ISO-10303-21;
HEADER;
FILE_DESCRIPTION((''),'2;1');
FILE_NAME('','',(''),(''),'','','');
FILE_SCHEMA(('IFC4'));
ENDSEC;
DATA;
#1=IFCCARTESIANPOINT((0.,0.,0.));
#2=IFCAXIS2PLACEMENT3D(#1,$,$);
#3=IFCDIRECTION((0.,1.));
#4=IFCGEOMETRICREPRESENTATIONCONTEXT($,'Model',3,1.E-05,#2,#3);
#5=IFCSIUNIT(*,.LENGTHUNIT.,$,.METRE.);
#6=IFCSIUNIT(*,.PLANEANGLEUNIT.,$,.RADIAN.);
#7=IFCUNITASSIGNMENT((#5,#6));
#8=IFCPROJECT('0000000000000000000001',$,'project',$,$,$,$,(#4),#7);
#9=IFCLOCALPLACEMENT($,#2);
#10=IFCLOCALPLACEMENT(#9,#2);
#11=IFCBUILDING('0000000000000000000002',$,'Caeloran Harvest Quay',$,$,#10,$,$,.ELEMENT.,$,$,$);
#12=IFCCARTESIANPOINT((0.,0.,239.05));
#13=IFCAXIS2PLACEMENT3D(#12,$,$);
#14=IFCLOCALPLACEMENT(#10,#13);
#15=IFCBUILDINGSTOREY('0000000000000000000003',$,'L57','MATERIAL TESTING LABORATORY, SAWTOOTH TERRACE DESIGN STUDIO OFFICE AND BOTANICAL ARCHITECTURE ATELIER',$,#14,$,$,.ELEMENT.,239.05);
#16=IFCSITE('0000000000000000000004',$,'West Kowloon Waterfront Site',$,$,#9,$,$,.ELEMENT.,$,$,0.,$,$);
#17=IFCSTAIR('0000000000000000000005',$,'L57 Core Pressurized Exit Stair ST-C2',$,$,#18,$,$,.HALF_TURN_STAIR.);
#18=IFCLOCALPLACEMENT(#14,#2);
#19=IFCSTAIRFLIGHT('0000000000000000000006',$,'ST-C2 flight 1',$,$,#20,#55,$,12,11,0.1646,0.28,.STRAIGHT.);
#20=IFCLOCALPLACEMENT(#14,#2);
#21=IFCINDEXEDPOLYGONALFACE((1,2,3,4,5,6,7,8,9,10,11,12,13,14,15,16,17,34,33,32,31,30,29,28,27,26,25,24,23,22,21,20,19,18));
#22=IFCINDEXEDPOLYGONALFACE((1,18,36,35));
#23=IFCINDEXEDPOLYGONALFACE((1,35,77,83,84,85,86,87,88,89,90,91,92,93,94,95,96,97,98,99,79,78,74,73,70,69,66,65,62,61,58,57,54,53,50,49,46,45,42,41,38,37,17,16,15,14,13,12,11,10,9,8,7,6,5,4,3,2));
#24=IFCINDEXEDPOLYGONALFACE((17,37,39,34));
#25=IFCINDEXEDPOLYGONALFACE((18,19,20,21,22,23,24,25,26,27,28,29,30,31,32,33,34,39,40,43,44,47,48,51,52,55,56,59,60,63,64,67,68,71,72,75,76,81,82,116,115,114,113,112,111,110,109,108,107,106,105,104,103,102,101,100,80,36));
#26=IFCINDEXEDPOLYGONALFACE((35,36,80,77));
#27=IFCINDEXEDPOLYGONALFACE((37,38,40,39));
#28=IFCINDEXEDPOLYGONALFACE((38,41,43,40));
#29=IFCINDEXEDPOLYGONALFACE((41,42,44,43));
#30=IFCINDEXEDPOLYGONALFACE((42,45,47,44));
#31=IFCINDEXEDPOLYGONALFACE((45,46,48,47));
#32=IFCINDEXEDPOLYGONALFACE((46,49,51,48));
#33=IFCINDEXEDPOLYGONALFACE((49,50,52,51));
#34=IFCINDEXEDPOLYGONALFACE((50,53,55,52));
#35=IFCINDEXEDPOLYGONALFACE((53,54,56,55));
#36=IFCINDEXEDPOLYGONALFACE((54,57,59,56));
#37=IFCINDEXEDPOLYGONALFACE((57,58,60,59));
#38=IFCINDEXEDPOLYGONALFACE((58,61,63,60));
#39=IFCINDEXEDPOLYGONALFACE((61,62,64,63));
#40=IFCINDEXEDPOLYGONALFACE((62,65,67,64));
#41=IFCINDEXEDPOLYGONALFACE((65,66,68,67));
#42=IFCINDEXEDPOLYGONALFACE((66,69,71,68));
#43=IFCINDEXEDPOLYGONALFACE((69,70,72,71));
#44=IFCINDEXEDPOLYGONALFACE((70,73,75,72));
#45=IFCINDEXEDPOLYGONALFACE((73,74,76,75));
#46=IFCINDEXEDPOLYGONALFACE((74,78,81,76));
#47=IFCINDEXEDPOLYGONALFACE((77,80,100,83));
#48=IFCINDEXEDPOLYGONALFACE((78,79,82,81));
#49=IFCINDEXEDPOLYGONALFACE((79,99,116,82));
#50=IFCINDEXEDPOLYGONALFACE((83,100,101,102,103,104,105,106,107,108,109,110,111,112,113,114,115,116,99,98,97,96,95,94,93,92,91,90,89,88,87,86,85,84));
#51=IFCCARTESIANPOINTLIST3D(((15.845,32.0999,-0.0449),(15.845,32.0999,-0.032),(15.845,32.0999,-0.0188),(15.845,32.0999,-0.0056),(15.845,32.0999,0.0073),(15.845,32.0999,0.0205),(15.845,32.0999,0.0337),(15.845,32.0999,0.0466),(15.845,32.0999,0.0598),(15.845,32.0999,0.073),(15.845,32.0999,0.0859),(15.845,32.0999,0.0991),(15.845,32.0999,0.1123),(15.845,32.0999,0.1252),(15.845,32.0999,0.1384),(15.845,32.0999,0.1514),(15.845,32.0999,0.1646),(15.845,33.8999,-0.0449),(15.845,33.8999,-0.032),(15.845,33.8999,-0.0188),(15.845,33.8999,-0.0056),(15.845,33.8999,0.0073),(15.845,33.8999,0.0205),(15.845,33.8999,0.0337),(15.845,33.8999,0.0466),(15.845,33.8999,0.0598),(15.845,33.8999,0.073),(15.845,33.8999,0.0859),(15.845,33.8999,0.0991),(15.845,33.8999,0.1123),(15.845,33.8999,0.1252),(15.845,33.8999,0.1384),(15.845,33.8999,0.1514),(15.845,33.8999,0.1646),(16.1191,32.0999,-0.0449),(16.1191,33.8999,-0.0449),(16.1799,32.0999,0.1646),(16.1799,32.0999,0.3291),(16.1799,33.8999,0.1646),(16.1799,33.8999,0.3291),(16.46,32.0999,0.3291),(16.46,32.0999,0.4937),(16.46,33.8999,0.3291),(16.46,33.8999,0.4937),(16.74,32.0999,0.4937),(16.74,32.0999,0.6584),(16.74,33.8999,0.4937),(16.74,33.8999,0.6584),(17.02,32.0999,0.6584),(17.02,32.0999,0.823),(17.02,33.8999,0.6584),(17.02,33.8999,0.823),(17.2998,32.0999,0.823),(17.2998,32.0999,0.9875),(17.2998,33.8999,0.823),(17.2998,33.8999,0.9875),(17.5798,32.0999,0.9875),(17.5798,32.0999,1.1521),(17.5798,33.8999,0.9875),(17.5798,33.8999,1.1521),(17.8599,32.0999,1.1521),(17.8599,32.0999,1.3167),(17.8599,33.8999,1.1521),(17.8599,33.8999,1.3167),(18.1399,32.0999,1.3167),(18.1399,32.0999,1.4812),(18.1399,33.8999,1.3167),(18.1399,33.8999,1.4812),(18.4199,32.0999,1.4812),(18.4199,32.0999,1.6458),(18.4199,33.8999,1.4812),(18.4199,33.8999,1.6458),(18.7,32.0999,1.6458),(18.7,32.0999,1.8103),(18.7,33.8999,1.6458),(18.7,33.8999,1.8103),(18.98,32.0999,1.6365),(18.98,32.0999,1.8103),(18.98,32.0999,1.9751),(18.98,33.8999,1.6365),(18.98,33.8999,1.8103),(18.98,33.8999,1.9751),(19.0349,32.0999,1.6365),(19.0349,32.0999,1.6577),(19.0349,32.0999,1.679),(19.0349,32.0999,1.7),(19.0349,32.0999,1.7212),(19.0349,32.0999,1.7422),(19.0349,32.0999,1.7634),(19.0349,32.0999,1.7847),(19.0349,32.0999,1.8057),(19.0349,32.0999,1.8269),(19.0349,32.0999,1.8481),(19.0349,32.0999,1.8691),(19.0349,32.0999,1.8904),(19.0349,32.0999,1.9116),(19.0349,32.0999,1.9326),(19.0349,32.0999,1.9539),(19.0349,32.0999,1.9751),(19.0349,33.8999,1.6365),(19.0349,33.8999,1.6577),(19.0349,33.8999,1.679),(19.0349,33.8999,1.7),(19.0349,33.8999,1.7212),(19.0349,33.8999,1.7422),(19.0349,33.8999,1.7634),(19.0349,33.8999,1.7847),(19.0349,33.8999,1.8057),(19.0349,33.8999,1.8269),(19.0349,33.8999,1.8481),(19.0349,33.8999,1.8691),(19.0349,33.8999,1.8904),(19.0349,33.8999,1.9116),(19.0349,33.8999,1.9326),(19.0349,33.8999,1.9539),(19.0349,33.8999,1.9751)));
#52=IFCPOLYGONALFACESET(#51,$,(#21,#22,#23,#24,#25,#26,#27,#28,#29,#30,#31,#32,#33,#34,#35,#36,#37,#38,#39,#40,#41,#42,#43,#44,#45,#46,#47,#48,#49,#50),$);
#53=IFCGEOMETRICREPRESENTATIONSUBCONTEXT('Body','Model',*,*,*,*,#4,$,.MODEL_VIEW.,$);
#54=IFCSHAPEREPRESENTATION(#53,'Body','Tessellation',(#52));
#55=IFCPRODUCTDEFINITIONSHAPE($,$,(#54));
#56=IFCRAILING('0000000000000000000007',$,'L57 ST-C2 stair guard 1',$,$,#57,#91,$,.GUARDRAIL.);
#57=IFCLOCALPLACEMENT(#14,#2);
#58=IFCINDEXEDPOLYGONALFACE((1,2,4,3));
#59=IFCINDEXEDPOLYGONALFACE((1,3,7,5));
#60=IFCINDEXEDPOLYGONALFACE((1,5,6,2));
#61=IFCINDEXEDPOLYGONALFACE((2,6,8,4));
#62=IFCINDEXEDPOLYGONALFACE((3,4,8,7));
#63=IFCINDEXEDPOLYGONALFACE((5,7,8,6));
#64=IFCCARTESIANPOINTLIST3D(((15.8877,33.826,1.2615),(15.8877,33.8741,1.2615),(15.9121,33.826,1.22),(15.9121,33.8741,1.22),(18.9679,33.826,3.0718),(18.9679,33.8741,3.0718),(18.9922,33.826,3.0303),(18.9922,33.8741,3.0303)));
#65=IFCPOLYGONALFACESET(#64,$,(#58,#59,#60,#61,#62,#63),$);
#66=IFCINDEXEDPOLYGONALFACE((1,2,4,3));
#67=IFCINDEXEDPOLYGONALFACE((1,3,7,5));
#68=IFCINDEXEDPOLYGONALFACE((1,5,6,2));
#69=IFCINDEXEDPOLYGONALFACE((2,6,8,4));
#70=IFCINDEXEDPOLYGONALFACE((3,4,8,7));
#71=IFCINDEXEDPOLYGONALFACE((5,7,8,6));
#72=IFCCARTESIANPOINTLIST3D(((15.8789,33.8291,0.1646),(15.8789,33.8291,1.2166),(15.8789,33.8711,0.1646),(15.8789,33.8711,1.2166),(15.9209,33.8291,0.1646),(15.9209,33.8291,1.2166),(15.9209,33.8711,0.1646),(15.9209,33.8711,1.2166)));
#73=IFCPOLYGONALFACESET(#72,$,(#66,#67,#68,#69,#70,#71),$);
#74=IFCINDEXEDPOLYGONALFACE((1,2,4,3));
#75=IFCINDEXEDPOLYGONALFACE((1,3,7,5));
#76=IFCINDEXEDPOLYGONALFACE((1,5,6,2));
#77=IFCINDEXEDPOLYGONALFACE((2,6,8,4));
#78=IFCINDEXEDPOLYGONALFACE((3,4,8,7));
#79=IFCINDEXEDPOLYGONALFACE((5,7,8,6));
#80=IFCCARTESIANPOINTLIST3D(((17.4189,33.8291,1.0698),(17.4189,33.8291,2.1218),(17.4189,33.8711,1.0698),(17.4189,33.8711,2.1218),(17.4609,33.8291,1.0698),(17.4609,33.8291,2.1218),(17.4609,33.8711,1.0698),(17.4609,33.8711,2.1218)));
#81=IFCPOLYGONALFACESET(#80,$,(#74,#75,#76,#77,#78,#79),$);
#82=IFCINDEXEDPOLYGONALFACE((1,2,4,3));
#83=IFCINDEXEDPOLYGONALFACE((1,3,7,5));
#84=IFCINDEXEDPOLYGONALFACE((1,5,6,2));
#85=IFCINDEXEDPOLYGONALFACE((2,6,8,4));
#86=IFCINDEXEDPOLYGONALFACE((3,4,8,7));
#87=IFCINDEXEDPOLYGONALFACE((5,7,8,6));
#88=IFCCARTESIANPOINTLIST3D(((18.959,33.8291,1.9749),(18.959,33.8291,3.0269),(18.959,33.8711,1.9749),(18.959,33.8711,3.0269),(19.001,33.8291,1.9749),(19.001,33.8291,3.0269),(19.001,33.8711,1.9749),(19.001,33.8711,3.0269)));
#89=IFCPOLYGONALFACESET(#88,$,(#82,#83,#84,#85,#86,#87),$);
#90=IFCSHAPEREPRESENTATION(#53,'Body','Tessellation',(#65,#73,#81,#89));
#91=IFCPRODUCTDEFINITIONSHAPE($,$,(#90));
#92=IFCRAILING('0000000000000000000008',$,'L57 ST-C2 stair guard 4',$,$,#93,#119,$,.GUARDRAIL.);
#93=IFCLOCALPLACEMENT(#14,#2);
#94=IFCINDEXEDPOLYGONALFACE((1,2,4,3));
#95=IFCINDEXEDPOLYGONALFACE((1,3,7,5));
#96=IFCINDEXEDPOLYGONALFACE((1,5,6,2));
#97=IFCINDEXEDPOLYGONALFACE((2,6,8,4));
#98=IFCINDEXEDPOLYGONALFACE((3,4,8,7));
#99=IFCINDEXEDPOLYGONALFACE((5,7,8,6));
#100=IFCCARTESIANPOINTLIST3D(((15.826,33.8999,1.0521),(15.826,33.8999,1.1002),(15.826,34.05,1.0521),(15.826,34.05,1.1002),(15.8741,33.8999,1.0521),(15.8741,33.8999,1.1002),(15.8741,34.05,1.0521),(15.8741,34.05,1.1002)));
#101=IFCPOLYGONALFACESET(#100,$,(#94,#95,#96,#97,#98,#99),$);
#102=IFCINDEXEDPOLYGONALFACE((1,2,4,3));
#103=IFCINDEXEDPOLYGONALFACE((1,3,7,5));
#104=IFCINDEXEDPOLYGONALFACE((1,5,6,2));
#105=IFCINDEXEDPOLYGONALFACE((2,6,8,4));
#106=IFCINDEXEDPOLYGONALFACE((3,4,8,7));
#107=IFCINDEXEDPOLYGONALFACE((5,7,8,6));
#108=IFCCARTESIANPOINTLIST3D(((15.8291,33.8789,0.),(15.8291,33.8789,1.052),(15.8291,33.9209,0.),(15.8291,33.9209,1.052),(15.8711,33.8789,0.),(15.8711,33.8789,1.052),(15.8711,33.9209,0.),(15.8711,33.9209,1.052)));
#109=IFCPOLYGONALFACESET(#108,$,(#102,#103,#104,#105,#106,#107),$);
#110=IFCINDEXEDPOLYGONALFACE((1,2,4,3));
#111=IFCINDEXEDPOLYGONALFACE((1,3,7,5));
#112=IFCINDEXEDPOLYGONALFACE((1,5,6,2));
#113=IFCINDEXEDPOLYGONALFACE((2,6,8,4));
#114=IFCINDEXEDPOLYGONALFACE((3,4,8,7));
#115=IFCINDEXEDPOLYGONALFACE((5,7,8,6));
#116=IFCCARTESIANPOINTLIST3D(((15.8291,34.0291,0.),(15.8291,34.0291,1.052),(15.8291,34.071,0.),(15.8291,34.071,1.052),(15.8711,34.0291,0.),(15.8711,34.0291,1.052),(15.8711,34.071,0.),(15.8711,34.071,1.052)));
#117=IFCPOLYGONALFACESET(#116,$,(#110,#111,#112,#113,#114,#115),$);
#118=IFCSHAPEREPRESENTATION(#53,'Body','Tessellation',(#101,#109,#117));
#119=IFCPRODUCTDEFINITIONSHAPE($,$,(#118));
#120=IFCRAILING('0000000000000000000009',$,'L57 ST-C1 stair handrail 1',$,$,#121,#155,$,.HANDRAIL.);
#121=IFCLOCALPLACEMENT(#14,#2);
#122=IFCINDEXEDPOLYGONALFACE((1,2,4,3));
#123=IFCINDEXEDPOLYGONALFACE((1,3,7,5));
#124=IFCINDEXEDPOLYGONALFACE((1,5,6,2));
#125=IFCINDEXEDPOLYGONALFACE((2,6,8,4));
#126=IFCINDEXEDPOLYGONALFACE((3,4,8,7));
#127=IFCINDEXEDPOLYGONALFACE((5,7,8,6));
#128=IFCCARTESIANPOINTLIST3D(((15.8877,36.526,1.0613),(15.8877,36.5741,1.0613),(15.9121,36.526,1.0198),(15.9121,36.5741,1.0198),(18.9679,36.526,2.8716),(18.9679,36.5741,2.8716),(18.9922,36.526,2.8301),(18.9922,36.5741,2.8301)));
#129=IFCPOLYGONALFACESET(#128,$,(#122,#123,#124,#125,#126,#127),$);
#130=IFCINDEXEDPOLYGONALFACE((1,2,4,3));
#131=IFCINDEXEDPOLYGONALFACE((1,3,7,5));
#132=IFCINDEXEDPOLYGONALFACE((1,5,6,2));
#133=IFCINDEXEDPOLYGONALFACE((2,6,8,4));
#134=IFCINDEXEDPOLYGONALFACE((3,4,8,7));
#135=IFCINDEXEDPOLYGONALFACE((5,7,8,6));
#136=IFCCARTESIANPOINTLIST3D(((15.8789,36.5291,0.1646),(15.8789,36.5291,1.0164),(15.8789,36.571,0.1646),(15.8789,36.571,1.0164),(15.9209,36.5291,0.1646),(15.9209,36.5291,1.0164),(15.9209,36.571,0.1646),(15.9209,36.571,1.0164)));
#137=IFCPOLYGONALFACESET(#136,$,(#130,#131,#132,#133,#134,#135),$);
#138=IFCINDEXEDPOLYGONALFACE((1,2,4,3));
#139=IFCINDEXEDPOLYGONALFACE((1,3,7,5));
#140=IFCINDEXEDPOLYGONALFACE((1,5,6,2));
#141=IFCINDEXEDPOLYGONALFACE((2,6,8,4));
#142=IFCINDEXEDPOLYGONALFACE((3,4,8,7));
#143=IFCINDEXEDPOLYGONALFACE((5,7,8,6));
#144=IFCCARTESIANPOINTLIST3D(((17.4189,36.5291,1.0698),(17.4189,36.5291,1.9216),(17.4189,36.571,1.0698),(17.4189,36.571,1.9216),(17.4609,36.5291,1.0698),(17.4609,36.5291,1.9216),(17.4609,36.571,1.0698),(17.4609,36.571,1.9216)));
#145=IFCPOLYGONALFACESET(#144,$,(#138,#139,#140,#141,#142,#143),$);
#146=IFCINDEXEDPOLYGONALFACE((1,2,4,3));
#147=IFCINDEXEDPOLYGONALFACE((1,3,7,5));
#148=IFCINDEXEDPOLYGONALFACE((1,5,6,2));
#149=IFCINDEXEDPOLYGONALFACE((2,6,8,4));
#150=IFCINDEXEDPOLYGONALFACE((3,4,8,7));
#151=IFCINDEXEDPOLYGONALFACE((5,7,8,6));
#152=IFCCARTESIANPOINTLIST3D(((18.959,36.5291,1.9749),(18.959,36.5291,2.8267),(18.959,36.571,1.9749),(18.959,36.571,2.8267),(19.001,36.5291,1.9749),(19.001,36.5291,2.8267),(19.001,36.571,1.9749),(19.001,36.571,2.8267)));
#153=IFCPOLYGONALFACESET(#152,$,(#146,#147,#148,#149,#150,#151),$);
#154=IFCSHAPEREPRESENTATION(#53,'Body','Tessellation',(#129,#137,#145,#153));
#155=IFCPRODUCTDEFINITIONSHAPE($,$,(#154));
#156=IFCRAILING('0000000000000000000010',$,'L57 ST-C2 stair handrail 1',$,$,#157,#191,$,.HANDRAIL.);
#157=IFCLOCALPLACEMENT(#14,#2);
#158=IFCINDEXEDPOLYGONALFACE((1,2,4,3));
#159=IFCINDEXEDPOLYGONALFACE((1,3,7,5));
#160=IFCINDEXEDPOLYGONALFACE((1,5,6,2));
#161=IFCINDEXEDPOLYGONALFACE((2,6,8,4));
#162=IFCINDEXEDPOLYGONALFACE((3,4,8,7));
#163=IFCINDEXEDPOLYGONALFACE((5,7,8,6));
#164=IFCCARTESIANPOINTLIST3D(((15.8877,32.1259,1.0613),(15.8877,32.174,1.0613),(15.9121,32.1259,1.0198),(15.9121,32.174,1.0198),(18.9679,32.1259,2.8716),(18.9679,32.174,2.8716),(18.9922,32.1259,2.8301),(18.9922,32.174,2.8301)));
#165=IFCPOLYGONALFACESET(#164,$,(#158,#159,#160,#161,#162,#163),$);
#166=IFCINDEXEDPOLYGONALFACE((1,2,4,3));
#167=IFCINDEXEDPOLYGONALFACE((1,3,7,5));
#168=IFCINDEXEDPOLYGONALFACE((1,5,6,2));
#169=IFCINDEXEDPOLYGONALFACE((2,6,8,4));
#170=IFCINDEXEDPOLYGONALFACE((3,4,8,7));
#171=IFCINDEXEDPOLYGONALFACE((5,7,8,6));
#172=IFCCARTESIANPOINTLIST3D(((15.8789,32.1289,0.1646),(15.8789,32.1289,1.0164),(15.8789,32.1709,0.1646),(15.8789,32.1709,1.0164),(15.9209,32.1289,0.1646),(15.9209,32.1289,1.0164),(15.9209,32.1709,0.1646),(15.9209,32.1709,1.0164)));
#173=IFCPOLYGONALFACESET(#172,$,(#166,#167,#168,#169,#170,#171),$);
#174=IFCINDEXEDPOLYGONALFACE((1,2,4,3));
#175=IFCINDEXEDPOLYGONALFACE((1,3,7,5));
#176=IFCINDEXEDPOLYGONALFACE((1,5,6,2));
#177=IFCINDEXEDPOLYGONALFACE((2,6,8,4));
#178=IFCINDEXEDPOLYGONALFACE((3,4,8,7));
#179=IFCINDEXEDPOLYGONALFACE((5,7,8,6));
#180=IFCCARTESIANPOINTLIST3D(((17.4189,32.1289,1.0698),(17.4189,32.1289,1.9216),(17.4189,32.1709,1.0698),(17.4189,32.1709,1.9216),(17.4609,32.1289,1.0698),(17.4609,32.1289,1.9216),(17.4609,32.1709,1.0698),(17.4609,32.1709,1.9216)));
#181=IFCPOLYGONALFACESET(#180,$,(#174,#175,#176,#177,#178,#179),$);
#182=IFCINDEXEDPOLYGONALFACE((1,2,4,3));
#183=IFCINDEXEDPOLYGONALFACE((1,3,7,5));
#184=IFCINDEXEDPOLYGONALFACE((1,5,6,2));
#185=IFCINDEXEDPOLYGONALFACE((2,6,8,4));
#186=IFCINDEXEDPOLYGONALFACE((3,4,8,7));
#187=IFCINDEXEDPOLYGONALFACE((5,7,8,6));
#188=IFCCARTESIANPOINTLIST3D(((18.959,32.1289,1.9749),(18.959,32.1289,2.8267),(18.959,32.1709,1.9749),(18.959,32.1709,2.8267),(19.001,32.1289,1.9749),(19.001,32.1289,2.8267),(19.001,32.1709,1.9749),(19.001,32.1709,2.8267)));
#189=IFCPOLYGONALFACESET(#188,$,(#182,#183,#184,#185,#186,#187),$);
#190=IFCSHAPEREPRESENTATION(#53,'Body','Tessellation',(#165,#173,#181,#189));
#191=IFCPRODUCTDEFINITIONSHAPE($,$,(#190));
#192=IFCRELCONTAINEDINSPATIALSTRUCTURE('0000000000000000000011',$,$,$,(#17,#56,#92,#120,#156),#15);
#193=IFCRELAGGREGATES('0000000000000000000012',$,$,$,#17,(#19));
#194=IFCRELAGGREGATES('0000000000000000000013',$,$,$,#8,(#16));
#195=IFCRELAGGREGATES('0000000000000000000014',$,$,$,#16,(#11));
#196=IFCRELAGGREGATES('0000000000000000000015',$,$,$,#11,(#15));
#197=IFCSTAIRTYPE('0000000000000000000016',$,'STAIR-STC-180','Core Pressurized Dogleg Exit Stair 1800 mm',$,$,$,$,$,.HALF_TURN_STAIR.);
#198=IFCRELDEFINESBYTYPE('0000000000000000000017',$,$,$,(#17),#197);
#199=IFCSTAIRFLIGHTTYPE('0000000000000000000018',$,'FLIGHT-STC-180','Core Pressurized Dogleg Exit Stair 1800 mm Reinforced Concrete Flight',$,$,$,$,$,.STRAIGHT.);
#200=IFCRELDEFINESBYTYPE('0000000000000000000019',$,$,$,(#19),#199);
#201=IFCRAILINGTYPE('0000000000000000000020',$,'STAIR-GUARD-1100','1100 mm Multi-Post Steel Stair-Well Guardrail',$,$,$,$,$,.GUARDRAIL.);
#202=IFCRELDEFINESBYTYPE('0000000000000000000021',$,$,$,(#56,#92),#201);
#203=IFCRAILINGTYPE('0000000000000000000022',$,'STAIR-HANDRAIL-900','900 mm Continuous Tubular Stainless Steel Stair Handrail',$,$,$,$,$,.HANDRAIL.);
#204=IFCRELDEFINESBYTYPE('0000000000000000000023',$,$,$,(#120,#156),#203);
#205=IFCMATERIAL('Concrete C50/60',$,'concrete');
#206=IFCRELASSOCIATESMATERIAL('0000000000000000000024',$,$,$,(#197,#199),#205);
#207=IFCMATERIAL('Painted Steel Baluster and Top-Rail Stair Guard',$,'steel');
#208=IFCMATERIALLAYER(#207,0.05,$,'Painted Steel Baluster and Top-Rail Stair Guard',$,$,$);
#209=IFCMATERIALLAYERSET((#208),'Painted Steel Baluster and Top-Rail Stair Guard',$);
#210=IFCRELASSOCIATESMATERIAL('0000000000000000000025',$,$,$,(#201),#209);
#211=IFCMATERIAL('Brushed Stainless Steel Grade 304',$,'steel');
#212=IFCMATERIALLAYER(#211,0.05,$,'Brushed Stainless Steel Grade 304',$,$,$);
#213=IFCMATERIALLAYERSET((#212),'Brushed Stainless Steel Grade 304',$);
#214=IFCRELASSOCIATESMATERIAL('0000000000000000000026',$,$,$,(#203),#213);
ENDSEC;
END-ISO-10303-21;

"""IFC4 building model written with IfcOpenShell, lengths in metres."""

from ifc_helpers import new_model, si_unit, direction, frame, origin, origin_2d, place, context, subcontext, project, spatial, polyline, rectangle, outline, extrude, material, layer, layer_set, type_object, element, aggregate, save


model = new_model("IFC4")

# Units and contexts
model_context = context("Model", 3, precision=1e-05, world=origin(), true_north=direction((0.0, 1.0)))
body_context = subcontext(model_context, "Body", "Model", "MODEL_VIEW")
ifc_project = project(units=[si_unit("LENGTHUNIT", "METRE"), si_unit("PLANEANGLEUNIT", "RADIAN")], contexts=[model_context])

# Site, building, storey
site_placement = place(None, origin())
site = spatial("IfcSite", under=ifc_project, at=site_placement, Name="West Kowloon Waterfront Site", CompositionType="ELEMENT", RefElevation=0.0)
building_placement = place(site_placement, origin())
building = spatial("IfcBuilding", under=site, at=building_placement, Name="Caeloran Harvest Quay", CompositionType="ELEMENT")
storey_placement = place(building_placement, frame((0.0, 0.0, 239.05)))
storey = spatial("IfcBuildingStorey", under=building, at=storey_placement, Name="L57", Description="MATERIAL TESTING LABORATORY, SAWTOOTH TERRACE DESIGN STUDIO OFFICE AND BOTANICAL ARCHITECTURE ATELIER", CompositionType="ELEMENT", Elevation=239.05)

# Stair, stair flight
ifc_material_1 = material(Name="Concrete C50/60", Category="concrete")
stair_type = type_object("IfcStairType", Name="STAIR-STC-180", Description="Core Pressurized Dogleg Exit Stair 1800 mm", PredefinedType="HALF_TURN_STAIR", material=ifc_material_1)
stair_flight_type = type_object("IfcStairFlightType", Name="FLIGHT-STC-180", Description="Core Pressurized Dogleg Exit Stair 1800 mm Reinforced Concrete Flight", PredefinedType="STRAIGHT", material=ifc_material_1)
stair_1_placement = place(storey_placement, origin())
stair_1 = element("IfcStair", 1, at=stair_1_placement, inside=storey, type_object=stair_type, Name="L57 Core Pressurized Exit Stair ST-C2", PredefinedType="HALF_TURN_STAIR")
stair_flight_1_placement = place(storey_placement, frame((15.8999, 33.0, 0.0), z_axis=(0.0, 0.0, 1.0), x_axis=(1.0, 0.0, 0.0)))
stair_flight_1 = element("IfcStairFlight", 2, at=stair_flight_1_placement, type_object=stair_flight_type, Name="ST-C2 flight 1", NumberOfRisers=12, NumberOfTreads=11, PredefinedType="STRAIGHT", RiserHeight=0.1646, TreadLength=0.28, context=body_context, shape_type="SweptSolid", body=[
    extrude(outline(polyline([(-0.0549, -0.0449), (-0.0549, -0.032), (-0.0549, -0.0188), (-0.0549, -0.0056), (-0.0549, 0.0073), (-0.0549, 0.0205), (-0.0549, 0.0337), (-0.0549, 0.0466), (-0.0549, 0.0598), (-0.0549, 0.073), (-0.0549, 0.0859), (-0.0549, 0.0991), (-0.0549, 0.1123), (-0.0549, 0.1252), (-0.0549, 0.1384), (-0.0549, 0.1514), (-0.0549, 0.1646), (0.28, 0.1646), (0.28, 0.3291), (0.5601, 0.3291), (0.5601, 0.4937), (0.8401, 0.4937), (0.8401, 0.6584), (1.1201, 0.6584), (1.1201, 0.823), (1.3999, 0.823), (1.3999, 0.9875), (1.6799, 0.9875), (1.6799, 1.1521), (1.96, 1.1521), (1.96, 1.3167), (2.24, 1.3167), (2.24, 1.4812), (2.52, 1.4812), (2.52, 1.6458), (2.8, 1.6458), (2.8, 1.8103), (3.0801, 1.8103), (3.0801, 1.9751), (3.135, 1.9751), (3.135, 1.9539), (3.135, 1.9326), (3.135, 1.9116), (3.135, 1.8904), (3.135, 1.8691), (3.135, 1.8481), (3.135, 1.8269), (3.135, 1.8057), (3.135, 1.7847), (3.135, 1.7634), (3.135, 1.7422), (3.135, 1.7212), (3.135, 1.7), (3.135, 1.679), (3.135, 1.6577), (3.135, 1.6365), (3.0801, 1.6365), (0.2192, -0.0449), (-0.0549, -0.0449)])), frame((0.0, 0.8999, 0.0), z_axis=(0.0, -1.0, 0.0), x_axis=(1.0, 0.0, 0.0)), (0.0, 0.0, 1.0), 1.8),
])
aggregate(stair_1, [stair_flight_1])

# Railings
ifc_material_2 = material(Name="Painted Steel Baluster and Top-Rail Stair Guard", Category="steel")
ifc_layer_1 = layer(ifc_material_2, 0.05, Name="Painted Steel Baluster and Top-Rail Stair Guard")
ifc_layer_set_1 = layer_set([ifc_layer_1], Name="Painted Steel Baluster and Top-Rail Stair Guard")
railing_type_1 = type_object("IfcRailingType", Name="STAIR-GUARD-1100", Description="1100 mm Multi-Post Steel Stair-Well Guardrail", PredefinedType="GUARDRAIL", material=ifc_layer_set_1)
railing_1_placement = place(storey_placement, frame((15.8999, 33.8501, 0.1646)))
element("IfcRailing", 3, at=railing_1_placement, inside=storey, type_object=railing_type_1, Name="L57 ST-C2 stair guard 1", PredefinedType="GUARDRAIL", context=body_context, shape_type="SweptSolid", body=[
    extrude(rectangle(XDim=0.0481, YDim=0.0481, at=origin_2d()), frame((0.0, 0.0, 1.0762), z_axis=(0.862119, 0.0, 0.506707), x_axis=(0.0, 1.0, 0.0)), (0.0, 0.0, 1.0), 3.5728),
    extrude(rectangle(XDim=0.042, YDim=0.042, at=origin_2d()), origin(), (0.0, 0.0, 1.0), 1.052),
    extrude(rectangle(XDim=0.042, YDim=0.042, at=origin_2d()), frame((1.54, 0.0, 0.9053)), (0.0, 0.0, 1.0), 1.052),
    extrude(rectangle(XDim=0.042, YDim=0.042, at=origin_2d()), frame((3.0801, 0.0, 1.8103)), (0.0, 0.0, 1.0), 1.052),
])
railing_2_placement = place(storey_placement, frame((15.8501, 33.8999, 0.0)))
element("IfcRailing", 4, at=railing_2_placement, inside=storey, type_object=railing_type_1, Name="L57 ST-C2 stair guard 4", PredefinedType="GUARDRAIL", context=body_context, shape_type="SweptSolid", body=[
    extrude(rectangle(XDim=0.0481, YDim=0.0481, at=origin_2d()), frame((0.0, 0.0, 1.0762), z_axis=(0.0, 1.0, 0.0), x_axis=(-1.0, 0.0, 0.0)), (0.0, 0.0, 1.0), 0.1501),
    extrude(rectangle(XDim=0.042, YDim=0.042, at=origin_2d()), origin(), (0.0, 0.0, 1.0), 1.052),
    extrude(rectangle(XDim=0.042, YDim=0.042, at=origin_2d()), frame((0.0, 0.1501, 0.0)), (0.0, 0.0, 1.0), 1.052),
])
ifc_material_3 = material(Name="Brushed Stainless Steel Grade 304", Category="steel")
ifc_layer_2 = layer(ifc_material_3, 0.05, Name="Brushed Stainless Steel Grade 304")
ifc_layer_set_2 = layer_set([ifc_layer_2], Name="Brushed Stainless Steel Grade 304")
railing_type_2 = type_object("IfcRailingType", Name="STAIR-HANDRAIL-900", Description="900 mm Continuous Tubular Stainless Steel Stair Handrail", PredefinedType="HANDRAIL", material=ifc_layer_set_2)
for number, where, name in (
    (5, (15.8999, 36.55, 0.1646), "L57 ST-C1 stair handrail 1"),
    (6, (15.8999, 32.1499, 0.1646), "L57 ST-C2 stair handrail 1"),
):
    element("IfcRailing", number, at=place(storey_placement, frame(where)), inside=storey, type_object=railing_type_2, Name=name, PredefinedType="HANDRAIL", context=body_context, shape_type="SweptSolid", body=[
        extrude(rectangle(XDim=0.0481, YDim=0.0481, at=origin_2d()), frame((0.0, 0.0, 0.876), z_axis=(0.862119, 0.0, 0.506707), x_axis=(0.0, 1.0, 0.0)), (0.0, 0.0, 1.0), 3.5728),
        extrude(rectangle(XDim=0.042, YDim=0.042, at=origin_2d()), origin(), (0.0, 0.0, 1.0), 0.8518),
        extrude(rectangle(XDim=0.042, YDim=0.042, at=origin_2d()), frame((1.54, 0.0, 0.9053)), (0.0, 0.0, 1.0), 0.8518),
        extrude(rectangle(XDim=0.042, YDim=0.042, at=origin_2d()), frame((3.0801, 0.0, 1.8103)), (0.0, 0.0, 1.0), 0.8518),
    ])

save(model, "model.ifc")
